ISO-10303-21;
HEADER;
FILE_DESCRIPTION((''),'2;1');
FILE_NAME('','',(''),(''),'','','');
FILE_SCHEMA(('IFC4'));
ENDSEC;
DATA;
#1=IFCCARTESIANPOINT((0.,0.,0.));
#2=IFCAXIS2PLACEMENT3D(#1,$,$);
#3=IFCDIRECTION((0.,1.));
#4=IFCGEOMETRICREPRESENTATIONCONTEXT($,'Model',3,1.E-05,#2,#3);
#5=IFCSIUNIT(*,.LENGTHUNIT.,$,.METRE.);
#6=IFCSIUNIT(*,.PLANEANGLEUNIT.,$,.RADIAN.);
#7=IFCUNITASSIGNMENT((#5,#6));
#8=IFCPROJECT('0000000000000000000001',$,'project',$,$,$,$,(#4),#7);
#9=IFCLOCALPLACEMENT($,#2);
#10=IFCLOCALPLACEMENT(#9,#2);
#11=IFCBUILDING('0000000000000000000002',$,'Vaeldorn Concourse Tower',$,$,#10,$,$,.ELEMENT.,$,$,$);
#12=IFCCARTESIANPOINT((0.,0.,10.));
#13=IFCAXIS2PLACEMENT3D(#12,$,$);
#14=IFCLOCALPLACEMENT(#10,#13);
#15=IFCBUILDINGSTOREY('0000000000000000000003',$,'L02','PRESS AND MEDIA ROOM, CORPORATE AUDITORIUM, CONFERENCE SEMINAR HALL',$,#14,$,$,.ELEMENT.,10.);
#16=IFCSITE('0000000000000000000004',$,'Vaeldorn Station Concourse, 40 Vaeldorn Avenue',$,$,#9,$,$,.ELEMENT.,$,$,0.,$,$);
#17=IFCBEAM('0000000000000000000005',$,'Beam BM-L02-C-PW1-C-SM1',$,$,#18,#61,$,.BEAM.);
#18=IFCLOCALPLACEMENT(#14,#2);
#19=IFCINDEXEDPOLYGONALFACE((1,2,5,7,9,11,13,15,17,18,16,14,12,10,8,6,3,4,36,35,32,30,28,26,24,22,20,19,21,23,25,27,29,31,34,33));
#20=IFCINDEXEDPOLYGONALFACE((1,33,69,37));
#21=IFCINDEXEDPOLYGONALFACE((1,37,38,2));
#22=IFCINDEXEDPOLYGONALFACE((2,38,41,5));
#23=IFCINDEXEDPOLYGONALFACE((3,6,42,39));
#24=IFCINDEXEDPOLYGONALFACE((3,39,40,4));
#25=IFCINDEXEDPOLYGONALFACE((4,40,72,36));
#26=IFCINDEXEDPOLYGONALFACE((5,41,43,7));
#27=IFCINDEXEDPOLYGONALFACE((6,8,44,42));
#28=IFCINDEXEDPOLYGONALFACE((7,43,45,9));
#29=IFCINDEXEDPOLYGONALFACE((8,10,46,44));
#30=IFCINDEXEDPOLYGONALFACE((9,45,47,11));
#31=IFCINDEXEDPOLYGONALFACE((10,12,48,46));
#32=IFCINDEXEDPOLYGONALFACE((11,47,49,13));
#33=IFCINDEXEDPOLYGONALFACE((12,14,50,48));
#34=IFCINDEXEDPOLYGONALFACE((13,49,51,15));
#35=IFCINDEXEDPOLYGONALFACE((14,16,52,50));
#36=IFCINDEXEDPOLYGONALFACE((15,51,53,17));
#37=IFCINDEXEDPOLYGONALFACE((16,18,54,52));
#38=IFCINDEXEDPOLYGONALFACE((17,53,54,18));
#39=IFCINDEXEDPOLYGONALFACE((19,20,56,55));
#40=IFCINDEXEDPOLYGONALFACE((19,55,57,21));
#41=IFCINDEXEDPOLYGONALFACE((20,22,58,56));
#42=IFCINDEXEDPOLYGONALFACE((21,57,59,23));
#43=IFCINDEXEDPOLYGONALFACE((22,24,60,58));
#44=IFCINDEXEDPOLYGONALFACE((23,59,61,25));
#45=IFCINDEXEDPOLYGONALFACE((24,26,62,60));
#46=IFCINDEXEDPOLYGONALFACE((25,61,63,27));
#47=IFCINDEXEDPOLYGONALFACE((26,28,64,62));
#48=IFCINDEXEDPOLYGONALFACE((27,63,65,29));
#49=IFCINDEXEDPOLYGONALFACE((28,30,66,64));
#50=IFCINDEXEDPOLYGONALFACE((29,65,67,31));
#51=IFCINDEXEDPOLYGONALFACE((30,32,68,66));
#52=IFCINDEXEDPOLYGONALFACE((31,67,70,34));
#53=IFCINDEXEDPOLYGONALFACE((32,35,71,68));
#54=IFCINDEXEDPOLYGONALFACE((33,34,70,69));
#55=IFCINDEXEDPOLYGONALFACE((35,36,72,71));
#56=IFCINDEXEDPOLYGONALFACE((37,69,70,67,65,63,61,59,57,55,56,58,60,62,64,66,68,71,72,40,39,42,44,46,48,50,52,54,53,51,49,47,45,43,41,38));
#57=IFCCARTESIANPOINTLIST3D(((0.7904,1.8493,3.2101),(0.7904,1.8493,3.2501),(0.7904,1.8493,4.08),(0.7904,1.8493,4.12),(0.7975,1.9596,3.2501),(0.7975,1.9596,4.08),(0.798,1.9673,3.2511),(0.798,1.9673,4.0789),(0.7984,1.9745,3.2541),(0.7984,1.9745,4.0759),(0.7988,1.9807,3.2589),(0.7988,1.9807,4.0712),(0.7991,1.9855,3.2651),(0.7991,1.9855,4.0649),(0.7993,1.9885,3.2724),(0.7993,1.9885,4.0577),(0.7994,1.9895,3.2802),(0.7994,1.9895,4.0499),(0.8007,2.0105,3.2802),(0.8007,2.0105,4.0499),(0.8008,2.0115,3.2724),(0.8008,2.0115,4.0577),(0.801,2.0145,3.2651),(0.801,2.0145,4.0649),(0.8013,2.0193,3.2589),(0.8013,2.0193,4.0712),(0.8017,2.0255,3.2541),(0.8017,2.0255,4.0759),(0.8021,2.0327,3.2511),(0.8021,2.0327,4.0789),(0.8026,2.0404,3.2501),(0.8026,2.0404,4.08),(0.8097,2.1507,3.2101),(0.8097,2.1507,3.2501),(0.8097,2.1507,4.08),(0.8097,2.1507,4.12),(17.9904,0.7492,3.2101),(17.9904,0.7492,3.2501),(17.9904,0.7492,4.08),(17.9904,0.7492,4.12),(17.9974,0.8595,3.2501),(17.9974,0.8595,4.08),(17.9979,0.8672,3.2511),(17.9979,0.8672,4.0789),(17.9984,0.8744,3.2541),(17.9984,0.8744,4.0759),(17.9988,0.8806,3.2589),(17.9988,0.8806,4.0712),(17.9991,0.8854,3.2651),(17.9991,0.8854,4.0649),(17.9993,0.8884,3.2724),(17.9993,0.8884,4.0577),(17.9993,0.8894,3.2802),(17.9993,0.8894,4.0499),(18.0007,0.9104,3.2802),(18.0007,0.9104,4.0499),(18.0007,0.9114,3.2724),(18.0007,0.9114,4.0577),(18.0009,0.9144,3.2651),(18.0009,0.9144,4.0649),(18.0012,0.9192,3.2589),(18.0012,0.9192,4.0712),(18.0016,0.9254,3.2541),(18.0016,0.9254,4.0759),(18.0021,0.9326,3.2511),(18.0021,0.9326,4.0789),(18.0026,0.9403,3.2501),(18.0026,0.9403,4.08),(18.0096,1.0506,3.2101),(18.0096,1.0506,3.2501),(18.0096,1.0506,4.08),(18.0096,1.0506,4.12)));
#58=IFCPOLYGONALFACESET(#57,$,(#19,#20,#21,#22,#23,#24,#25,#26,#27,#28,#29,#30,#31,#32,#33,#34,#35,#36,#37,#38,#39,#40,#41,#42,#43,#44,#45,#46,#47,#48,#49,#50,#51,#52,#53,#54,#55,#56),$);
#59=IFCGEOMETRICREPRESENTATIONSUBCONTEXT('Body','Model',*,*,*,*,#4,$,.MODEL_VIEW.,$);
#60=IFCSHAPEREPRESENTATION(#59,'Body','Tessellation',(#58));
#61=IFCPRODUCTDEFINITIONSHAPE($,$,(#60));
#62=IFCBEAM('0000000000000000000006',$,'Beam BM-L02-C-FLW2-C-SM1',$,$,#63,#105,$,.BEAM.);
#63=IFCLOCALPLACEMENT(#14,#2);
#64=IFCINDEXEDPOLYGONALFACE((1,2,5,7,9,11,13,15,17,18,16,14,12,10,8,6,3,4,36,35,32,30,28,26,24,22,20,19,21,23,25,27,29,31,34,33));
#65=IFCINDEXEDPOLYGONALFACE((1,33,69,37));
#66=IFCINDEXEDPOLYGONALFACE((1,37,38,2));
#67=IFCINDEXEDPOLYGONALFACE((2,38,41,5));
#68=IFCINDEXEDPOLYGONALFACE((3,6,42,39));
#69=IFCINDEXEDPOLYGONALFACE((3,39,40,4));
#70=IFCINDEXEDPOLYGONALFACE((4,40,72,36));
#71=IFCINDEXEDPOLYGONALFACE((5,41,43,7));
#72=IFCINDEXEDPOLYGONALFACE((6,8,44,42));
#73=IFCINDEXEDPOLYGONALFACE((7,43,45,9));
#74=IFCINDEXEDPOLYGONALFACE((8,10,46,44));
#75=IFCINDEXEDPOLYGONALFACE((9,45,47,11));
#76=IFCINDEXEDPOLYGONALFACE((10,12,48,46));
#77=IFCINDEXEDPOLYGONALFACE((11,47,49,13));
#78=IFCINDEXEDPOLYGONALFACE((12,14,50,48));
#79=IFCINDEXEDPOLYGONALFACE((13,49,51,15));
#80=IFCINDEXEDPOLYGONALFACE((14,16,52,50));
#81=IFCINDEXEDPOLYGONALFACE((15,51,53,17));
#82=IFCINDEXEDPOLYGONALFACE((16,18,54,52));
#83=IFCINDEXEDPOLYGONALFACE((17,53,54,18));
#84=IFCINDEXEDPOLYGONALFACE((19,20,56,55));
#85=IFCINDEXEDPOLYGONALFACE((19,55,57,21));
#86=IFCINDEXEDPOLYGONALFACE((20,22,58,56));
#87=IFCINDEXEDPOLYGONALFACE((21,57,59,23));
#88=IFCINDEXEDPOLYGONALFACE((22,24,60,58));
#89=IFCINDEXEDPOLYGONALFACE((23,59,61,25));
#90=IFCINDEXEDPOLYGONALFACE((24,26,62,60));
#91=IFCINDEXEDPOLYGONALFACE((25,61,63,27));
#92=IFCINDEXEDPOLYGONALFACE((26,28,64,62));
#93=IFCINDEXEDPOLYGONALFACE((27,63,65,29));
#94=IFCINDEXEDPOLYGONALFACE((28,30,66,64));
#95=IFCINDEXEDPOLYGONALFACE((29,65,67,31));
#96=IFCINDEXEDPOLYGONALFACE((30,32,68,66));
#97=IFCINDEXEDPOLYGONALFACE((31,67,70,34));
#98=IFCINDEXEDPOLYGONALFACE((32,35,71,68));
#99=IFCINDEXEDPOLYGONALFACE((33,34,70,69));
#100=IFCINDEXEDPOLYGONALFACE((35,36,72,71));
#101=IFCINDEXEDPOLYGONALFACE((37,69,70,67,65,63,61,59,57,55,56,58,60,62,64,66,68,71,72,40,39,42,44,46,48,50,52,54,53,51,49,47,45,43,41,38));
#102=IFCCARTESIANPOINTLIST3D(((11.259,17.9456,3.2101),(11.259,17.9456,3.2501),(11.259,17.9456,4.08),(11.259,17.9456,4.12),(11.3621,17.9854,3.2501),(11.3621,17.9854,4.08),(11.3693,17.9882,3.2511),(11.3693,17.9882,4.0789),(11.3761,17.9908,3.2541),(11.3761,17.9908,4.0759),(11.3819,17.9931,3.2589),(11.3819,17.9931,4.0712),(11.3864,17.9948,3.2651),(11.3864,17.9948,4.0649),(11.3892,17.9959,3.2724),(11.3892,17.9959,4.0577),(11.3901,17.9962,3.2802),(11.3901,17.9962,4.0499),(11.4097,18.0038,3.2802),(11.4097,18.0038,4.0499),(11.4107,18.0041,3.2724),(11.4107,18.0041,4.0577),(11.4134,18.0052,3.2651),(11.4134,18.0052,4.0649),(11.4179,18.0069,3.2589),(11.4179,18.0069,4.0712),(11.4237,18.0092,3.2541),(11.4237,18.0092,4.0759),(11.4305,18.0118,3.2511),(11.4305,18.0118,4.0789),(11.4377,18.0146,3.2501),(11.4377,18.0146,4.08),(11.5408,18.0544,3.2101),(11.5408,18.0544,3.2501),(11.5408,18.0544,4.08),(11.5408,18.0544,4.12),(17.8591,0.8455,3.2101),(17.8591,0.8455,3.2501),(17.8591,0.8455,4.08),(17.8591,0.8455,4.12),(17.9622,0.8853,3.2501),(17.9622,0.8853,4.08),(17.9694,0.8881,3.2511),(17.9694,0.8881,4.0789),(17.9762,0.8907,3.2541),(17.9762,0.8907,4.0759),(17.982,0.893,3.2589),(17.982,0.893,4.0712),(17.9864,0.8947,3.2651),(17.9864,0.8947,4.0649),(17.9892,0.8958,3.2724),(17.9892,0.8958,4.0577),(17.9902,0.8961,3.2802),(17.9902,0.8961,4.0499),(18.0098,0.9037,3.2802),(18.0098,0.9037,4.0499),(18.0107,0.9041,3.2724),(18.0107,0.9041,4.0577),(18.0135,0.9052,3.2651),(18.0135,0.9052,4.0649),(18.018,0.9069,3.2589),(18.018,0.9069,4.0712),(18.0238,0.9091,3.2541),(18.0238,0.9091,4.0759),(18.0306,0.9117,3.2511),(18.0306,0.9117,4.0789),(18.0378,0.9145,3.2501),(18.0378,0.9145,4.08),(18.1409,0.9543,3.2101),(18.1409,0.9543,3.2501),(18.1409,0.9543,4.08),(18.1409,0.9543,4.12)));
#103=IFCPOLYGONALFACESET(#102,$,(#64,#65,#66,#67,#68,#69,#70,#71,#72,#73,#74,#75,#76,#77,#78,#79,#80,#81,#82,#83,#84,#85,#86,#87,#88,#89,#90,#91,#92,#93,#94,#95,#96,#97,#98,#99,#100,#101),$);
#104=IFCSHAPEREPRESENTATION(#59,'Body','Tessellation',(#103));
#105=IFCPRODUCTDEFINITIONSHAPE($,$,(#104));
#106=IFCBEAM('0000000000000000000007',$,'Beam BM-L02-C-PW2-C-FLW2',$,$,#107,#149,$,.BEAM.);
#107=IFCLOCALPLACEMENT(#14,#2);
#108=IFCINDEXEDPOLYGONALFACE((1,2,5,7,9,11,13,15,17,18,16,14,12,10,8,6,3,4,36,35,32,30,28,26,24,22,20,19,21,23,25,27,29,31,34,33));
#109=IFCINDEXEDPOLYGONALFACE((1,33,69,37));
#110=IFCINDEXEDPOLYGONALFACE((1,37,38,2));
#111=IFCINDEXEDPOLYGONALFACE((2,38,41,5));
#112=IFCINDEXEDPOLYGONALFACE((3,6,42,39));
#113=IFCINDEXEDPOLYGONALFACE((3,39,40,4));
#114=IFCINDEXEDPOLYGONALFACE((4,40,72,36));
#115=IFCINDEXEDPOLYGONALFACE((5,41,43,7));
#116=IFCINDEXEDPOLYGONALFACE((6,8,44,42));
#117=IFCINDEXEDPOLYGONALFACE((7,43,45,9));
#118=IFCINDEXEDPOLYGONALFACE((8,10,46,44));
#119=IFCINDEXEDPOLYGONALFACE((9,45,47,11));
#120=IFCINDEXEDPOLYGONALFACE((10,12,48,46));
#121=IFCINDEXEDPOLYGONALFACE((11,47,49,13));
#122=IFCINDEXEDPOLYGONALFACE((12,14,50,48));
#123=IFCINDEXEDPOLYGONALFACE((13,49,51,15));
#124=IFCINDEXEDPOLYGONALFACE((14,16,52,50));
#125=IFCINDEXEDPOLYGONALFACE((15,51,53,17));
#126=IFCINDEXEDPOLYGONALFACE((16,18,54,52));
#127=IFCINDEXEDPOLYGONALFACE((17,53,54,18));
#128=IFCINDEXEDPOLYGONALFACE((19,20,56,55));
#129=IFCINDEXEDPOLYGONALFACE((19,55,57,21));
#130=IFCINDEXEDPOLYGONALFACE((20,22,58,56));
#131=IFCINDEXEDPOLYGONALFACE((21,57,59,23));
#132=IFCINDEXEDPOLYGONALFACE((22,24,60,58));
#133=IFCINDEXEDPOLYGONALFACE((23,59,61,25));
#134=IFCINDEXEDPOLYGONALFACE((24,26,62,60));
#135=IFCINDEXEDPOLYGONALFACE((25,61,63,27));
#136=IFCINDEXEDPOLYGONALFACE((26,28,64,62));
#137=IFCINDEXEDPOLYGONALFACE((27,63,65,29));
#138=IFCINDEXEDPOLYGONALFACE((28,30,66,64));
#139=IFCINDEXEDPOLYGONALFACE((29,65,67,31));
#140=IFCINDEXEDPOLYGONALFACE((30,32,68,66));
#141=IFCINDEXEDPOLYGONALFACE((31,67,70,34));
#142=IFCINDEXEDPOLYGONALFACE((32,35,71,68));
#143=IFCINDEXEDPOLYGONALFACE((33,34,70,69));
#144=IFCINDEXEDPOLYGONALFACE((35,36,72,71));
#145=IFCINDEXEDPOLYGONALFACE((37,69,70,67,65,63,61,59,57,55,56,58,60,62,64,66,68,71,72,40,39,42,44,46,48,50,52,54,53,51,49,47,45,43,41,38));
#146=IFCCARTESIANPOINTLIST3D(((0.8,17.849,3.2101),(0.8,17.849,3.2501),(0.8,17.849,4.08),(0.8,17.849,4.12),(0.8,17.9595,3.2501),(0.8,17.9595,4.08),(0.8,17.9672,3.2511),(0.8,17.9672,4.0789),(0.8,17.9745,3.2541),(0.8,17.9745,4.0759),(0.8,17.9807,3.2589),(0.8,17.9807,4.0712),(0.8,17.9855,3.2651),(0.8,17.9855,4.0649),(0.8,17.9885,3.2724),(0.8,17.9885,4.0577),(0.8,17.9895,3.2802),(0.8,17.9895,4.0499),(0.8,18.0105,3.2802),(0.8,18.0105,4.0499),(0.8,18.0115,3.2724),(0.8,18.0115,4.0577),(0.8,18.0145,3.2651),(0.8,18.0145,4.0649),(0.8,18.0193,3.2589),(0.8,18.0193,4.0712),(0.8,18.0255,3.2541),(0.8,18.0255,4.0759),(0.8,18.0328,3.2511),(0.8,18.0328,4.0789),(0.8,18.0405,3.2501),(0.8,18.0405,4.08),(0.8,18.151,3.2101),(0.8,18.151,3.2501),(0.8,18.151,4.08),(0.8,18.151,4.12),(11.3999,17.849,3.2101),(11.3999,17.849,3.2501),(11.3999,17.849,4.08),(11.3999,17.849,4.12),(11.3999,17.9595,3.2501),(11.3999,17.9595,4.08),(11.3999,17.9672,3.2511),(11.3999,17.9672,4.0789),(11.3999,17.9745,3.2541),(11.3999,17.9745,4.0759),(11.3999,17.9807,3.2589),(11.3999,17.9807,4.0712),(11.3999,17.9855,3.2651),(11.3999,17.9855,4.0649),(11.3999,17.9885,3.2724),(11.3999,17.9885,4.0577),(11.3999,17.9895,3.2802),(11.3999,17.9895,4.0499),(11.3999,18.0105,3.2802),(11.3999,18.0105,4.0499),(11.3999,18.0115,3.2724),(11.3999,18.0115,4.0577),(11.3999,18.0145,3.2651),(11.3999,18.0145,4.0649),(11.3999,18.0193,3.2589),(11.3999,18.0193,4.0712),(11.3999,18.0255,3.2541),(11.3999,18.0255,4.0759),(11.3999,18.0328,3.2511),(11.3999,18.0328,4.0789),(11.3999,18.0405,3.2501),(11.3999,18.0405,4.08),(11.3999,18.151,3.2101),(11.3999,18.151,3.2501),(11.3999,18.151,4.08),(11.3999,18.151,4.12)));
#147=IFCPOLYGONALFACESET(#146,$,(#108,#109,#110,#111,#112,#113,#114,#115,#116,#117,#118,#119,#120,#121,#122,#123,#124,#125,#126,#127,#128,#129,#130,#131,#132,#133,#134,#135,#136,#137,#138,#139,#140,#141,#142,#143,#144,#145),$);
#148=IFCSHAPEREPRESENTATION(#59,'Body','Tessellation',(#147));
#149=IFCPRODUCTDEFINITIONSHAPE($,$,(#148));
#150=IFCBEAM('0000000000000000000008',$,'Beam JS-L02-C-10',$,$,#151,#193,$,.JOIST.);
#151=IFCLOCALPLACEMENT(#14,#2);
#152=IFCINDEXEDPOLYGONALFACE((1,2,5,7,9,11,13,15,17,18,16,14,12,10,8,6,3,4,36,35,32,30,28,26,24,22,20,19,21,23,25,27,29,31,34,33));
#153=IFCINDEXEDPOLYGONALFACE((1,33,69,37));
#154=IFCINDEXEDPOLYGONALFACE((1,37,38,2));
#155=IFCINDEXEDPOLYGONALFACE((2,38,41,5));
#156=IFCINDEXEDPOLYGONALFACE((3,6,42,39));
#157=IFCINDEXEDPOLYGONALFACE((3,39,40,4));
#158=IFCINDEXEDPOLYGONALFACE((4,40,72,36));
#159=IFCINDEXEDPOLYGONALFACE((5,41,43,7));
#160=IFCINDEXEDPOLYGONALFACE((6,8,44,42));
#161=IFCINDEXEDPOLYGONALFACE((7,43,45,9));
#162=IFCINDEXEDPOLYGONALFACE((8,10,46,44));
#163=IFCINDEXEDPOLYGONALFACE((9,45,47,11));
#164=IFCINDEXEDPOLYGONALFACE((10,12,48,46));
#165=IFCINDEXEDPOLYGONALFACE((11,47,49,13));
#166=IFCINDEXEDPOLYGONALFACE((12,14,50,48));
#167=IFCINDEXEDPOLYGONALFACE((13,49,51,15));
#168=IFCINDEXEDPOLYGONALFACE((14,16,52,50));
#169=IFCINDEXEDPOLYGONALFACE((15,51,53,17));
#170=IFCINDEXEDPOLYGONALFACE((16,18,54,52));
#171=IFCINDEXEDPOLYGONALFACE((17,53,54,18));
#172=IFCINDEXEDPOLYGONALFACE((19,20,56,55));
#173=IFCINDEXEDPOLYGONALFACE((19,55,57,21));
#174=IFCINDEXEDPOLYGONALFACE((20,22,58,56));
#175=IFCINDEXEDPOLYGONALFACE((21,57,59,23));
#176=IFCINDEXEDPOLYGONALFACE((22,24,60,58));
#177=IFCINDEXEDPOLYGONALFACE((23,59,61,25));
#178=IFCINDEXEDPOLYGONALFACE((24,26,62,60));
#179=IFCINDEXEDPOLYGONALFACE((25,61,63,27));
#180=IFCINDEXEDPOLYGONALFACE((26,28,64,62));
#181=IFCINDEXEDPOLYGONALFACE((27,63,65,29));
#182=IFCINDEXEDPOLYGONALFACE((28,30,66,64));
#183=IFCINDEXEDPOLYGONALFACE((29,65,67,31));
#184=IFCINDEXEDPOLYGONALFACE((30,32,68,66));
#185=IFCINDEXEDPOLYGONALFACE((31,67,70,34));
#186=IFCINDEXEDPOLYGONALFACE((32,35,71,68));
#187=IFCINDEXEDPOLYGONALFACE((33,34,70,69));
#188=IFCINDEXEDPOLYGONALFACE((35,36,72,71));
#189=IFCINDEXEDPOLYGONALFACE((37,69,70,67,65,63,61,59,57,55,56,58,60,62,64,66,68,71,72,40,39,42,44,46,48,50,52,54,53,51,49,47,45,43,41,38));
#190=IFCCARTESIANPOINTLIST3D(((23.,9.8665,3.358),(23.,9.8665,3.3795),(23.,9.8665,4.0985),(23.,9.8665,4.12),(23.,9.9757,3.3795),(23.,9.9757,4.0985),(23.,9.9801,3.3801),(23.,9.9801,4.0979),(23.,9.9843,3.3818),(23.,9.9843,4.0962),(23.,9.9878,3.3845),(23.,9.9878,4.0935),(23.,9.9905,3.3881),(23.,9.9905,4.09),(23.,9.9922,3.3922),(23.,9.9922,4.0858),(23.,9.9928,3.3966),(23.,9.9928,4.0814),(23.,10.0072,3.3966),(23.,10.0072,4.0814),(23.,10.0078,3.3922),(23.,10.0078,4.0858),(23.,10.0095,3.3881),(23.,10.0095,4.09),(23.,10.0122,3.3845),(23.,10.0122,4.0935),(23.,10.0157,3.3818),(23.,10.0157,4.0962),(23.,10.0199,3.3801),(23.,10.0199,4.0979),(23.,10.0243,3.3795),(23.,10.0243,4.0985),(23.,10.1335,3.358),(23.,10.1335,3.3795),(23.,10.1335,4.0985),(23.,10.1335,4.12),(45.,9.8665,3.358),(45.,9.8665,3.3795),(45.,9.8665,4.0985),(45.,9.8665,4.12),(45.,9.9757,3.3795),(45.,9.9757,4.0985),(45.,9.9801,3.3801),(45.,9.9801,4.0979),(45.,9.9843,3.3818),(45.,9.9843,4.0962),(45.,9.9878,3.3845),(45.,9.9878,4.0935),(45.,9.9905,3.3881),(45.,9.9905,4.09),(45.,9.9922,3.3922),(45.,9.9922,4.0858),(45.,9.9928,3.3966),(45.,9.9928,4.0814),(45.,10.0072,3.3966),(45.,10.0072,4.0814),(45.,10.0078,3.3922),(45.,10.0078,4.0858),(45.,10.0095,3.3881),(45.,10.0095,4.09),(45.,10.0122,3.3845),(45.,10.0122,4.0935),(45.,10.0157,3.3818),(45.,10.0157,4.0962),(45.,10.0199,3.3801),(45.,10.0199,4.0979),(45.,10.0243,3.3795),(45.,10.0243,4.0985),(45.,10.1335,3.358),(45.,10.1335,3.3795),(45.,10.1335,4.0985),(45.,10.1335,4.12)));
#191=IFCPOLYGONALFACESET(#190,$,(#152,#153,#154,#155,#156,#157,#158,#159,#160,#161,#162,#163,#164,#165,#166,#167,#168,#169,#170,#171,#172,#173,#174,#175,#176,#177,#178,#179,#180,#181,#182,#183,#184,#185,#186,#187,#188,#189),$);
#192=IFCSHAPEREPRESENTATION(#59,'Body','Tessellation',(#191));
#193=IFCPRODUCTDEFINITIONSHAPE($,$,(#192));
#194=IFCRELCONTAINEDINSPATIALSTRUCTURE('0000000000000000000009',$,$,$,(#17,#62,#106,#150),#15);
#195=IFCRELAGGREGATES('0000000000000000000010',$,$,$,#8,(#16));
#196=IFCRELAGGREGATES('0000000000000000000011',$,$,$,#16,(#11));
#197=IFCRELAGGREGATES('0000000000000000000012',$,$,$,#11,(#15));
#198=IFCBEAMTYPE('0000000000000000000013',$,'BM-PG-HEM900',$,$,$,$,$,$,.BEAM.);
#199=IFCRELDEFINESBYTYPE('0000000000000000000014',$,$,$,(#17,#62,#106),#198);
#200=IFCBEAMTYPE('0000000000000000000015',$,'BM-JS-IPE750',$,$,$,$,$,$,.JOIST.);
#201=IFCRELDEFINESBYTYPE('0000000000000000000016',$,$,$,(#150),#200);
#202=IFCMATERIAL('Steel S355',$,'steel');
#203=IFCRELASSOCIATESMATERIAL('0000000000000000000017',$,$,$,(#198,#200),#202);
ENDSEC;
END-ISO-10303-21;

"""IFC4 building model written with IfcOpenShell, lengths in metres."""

from ifc_helpers import new_model, si_unit, direction, frame, origin, origin_2d, place, context, subcontext, project, spatial, i_section, extrude, source, transform, mapped, material, material_profile, profile_set, type_object, element, save


model = new_model("IFC4")

# Units and contexts
model_context = context("Model", 3, precision=1e-05, world=origin(), true_north=direction((0.0, 1.0)))
body_context = subcontext(model_context, "Body", "Model", "MODEL_VIEW")
ifc_project = project(units=[si_unit("LENGTHUNIT", "METRE"), si_unit("PLANEANGLEUNIT", "RADIAN")], contexts=[model_context])

# Site, building, storey
site_placement = place(None, origin())
site = spatial("IfcSite", under=ifc_project, at=site_placement, Name="Vaeldorn Station Concourse, 40 Vaeldorn Avenue", CompositionType="ELEMENT", RefElevation=0.0)
building_placement = place(site_placement, origin())
building = spatial("IfcBuilding", under=site, at=building_placement, Name="Vaeldorn Concourse Tower", CompositionType="ELEMENT")
storey_placement = place(building_placement, frame((0.0, 0.0, 10.0)))
storey = spatial("IfcBuildingStorey", under=building, at=storey_placement, Name="L02", Description="PRESS AND MEDIA ROOM, CORPORATE AUDITORIUM, CONFERENCE SEMINAR HALL", CompositionType="ELEMENT", Elevation=10.0)

# Beams
ifc_material_1 = material(Name="Steel S355", Category="steel")
ifc_material_profile_1 = material_profile(ifc_material_1, i_section(OverallWidth=0.302, OverallDepth=0.9099, WebThickness=0.021, FlangeThickness=0.04, FilletRadius=0.03, at=origin_2d()), Name="HEM 900")
ifc_profile_set_1 = profile_set([ifc_material_profile_1], Name="Steel S355")
beam_type_1 = type_object("IfcBeamType", Name="BM-PG-HEM900", PredefinedType="BEAM", material=ifc_profile_set_1)
shared_shape_1 = source(origin(), body_context, "Body", "SweptSolid", [
    extrude(i_section(OverallWidth=0.302, OverallDepth=0.9099, WebThickness=0.021, FlangeThickness=0.04, FilletRadius=0.03, at=origin_2d()), origin(), (0.0, 0.0, 1.0), 17.2351),
])
beam_1_placement = place(storey_placement, frame((0.8, 2.0, 3.665), z_axis=(0.997961, -0.063829, 0.0), x_axis=(0.063829, 0.997961, 0.0)))
element("IfcBeam", 1, at=beam_1_placement, inside=storey, type_object=beam_type_1, Name="Beam BM-L02-C-PW1-C-SM1", PredefinedType="BEAM", context=body_context, shape_type="MappedRepresentation", body=[
    mapped(shared_shape_1, transform((0.0, 0.0, 0.0), scale=1.0)),
])
shared_shape_2 = source(origin(), body_context, "Body", "SweptSolid", [
    extrude(i_section(OverallWidth=0.302, OverallDepth=0.9099, WebThickness=0.021, FlangeThickness=0.04, FilletRadius=0.03, at=origin_2d()), origin(), (0.0, 0.0, 1.0), 18.3296),
])
beam_2_placement = place(storey_placement, frame((11.3999, 18.0, 3.665), z_axis=(0.360078, -0.932922, 0.0), x_axis=(0.932922, 0.360078, 0.0)))
element("IfcBeam", 2, at=beam_2_placement, inside=storey, type_object=beam_type_1, Name="Beam BM-L02-C-FLW2-C-SM1", PredefinedType="BEAM", context=body_context, shape_type="MappedRepresentation", body=[
    mapped(shared_shape_2, transform((0.0, 0.0, 0.0), scale=1.0)),
])
shared_shape_3 = source(origin(), body_context, "Body", "SweptSolid", [
    extrude(i_section(OverallWidth=0.302, OverallDepth=0.9099, WebThickness=0.021, FlangeThickness=0.04, FilletRadius=0.03, at=origin_2d()), origin(), (0.0, 0.0, 1.0), 10.5999),
])
beam_3_placement = place(storey_placement, frame((0.8, 18.0, 3.665), z_axis=(1.0, 0.0, 0.0), x_axis=(0.0, 1.0, 0.0)))
element("IfcBeam", 3, at=beam_3_placement, inside=storey, type_object=beam_type_1, Name="Beam BM-L02-C-PW2-C-FLW2", PredefinedType="BEAM", context=body_context, shape_type="MappedRepresentation", body=[
    mapped(shared_shape_3, transform((0.0, 0.0, 0.0), scale=1.0)),
])
ifc_material_profile_2 = material_profile(ifc_material_1, i_section(OverallWidth=0.2671, OverallDepth=0.762, WebThickness=0.0144, FlangeThickness=0.0215, FilletRadius=0.0171, at=origin_2d()), Name="IPE 750x173")
ifc_profile_set_2 = profile_set([ifc_material_profile_2], Name="Steel S355")
beam_type_2 = type_object("IfcBeamType", Name="BM-JS-IPE750", PredefinedType="JOIST", material=ifc_profile_set_2)
shared_shape_4 = source(origin(), body_context, "Body", "SweptSolid", [
    extrude(i_section(OverallWidth=0.2671, OverallDepth=0.762, WebThickness=0.0144, FlangeThickness=0.0215, FilletRadius=0.0171, at=origin_2d()), origin(), (0.0, 0.0, 1.0), 22.0),
])
for number, where, z_axis, x_axis, name in (
    (4, (23.0, 10.0, 3.739), (1.0, 0.0, 0.0), (0.0, 1.0, 0.0), "Beam JS-L02-C-10"),
):
    element("IfcBeam", number, at=place(storey_placement, frame(where, z_axis=z_axis, x_axis=x_axis)), inside=storey, type_object=beam_type_2, Name=name, PredefinedType="JOIST", context=body_context, shape_type="MappedRepresentation", body=[
        mapped(shared_shape_4, transform((0.0, 0.0, 0.0), scale=1.0)),
    ])

save(model, "model.ifc")
